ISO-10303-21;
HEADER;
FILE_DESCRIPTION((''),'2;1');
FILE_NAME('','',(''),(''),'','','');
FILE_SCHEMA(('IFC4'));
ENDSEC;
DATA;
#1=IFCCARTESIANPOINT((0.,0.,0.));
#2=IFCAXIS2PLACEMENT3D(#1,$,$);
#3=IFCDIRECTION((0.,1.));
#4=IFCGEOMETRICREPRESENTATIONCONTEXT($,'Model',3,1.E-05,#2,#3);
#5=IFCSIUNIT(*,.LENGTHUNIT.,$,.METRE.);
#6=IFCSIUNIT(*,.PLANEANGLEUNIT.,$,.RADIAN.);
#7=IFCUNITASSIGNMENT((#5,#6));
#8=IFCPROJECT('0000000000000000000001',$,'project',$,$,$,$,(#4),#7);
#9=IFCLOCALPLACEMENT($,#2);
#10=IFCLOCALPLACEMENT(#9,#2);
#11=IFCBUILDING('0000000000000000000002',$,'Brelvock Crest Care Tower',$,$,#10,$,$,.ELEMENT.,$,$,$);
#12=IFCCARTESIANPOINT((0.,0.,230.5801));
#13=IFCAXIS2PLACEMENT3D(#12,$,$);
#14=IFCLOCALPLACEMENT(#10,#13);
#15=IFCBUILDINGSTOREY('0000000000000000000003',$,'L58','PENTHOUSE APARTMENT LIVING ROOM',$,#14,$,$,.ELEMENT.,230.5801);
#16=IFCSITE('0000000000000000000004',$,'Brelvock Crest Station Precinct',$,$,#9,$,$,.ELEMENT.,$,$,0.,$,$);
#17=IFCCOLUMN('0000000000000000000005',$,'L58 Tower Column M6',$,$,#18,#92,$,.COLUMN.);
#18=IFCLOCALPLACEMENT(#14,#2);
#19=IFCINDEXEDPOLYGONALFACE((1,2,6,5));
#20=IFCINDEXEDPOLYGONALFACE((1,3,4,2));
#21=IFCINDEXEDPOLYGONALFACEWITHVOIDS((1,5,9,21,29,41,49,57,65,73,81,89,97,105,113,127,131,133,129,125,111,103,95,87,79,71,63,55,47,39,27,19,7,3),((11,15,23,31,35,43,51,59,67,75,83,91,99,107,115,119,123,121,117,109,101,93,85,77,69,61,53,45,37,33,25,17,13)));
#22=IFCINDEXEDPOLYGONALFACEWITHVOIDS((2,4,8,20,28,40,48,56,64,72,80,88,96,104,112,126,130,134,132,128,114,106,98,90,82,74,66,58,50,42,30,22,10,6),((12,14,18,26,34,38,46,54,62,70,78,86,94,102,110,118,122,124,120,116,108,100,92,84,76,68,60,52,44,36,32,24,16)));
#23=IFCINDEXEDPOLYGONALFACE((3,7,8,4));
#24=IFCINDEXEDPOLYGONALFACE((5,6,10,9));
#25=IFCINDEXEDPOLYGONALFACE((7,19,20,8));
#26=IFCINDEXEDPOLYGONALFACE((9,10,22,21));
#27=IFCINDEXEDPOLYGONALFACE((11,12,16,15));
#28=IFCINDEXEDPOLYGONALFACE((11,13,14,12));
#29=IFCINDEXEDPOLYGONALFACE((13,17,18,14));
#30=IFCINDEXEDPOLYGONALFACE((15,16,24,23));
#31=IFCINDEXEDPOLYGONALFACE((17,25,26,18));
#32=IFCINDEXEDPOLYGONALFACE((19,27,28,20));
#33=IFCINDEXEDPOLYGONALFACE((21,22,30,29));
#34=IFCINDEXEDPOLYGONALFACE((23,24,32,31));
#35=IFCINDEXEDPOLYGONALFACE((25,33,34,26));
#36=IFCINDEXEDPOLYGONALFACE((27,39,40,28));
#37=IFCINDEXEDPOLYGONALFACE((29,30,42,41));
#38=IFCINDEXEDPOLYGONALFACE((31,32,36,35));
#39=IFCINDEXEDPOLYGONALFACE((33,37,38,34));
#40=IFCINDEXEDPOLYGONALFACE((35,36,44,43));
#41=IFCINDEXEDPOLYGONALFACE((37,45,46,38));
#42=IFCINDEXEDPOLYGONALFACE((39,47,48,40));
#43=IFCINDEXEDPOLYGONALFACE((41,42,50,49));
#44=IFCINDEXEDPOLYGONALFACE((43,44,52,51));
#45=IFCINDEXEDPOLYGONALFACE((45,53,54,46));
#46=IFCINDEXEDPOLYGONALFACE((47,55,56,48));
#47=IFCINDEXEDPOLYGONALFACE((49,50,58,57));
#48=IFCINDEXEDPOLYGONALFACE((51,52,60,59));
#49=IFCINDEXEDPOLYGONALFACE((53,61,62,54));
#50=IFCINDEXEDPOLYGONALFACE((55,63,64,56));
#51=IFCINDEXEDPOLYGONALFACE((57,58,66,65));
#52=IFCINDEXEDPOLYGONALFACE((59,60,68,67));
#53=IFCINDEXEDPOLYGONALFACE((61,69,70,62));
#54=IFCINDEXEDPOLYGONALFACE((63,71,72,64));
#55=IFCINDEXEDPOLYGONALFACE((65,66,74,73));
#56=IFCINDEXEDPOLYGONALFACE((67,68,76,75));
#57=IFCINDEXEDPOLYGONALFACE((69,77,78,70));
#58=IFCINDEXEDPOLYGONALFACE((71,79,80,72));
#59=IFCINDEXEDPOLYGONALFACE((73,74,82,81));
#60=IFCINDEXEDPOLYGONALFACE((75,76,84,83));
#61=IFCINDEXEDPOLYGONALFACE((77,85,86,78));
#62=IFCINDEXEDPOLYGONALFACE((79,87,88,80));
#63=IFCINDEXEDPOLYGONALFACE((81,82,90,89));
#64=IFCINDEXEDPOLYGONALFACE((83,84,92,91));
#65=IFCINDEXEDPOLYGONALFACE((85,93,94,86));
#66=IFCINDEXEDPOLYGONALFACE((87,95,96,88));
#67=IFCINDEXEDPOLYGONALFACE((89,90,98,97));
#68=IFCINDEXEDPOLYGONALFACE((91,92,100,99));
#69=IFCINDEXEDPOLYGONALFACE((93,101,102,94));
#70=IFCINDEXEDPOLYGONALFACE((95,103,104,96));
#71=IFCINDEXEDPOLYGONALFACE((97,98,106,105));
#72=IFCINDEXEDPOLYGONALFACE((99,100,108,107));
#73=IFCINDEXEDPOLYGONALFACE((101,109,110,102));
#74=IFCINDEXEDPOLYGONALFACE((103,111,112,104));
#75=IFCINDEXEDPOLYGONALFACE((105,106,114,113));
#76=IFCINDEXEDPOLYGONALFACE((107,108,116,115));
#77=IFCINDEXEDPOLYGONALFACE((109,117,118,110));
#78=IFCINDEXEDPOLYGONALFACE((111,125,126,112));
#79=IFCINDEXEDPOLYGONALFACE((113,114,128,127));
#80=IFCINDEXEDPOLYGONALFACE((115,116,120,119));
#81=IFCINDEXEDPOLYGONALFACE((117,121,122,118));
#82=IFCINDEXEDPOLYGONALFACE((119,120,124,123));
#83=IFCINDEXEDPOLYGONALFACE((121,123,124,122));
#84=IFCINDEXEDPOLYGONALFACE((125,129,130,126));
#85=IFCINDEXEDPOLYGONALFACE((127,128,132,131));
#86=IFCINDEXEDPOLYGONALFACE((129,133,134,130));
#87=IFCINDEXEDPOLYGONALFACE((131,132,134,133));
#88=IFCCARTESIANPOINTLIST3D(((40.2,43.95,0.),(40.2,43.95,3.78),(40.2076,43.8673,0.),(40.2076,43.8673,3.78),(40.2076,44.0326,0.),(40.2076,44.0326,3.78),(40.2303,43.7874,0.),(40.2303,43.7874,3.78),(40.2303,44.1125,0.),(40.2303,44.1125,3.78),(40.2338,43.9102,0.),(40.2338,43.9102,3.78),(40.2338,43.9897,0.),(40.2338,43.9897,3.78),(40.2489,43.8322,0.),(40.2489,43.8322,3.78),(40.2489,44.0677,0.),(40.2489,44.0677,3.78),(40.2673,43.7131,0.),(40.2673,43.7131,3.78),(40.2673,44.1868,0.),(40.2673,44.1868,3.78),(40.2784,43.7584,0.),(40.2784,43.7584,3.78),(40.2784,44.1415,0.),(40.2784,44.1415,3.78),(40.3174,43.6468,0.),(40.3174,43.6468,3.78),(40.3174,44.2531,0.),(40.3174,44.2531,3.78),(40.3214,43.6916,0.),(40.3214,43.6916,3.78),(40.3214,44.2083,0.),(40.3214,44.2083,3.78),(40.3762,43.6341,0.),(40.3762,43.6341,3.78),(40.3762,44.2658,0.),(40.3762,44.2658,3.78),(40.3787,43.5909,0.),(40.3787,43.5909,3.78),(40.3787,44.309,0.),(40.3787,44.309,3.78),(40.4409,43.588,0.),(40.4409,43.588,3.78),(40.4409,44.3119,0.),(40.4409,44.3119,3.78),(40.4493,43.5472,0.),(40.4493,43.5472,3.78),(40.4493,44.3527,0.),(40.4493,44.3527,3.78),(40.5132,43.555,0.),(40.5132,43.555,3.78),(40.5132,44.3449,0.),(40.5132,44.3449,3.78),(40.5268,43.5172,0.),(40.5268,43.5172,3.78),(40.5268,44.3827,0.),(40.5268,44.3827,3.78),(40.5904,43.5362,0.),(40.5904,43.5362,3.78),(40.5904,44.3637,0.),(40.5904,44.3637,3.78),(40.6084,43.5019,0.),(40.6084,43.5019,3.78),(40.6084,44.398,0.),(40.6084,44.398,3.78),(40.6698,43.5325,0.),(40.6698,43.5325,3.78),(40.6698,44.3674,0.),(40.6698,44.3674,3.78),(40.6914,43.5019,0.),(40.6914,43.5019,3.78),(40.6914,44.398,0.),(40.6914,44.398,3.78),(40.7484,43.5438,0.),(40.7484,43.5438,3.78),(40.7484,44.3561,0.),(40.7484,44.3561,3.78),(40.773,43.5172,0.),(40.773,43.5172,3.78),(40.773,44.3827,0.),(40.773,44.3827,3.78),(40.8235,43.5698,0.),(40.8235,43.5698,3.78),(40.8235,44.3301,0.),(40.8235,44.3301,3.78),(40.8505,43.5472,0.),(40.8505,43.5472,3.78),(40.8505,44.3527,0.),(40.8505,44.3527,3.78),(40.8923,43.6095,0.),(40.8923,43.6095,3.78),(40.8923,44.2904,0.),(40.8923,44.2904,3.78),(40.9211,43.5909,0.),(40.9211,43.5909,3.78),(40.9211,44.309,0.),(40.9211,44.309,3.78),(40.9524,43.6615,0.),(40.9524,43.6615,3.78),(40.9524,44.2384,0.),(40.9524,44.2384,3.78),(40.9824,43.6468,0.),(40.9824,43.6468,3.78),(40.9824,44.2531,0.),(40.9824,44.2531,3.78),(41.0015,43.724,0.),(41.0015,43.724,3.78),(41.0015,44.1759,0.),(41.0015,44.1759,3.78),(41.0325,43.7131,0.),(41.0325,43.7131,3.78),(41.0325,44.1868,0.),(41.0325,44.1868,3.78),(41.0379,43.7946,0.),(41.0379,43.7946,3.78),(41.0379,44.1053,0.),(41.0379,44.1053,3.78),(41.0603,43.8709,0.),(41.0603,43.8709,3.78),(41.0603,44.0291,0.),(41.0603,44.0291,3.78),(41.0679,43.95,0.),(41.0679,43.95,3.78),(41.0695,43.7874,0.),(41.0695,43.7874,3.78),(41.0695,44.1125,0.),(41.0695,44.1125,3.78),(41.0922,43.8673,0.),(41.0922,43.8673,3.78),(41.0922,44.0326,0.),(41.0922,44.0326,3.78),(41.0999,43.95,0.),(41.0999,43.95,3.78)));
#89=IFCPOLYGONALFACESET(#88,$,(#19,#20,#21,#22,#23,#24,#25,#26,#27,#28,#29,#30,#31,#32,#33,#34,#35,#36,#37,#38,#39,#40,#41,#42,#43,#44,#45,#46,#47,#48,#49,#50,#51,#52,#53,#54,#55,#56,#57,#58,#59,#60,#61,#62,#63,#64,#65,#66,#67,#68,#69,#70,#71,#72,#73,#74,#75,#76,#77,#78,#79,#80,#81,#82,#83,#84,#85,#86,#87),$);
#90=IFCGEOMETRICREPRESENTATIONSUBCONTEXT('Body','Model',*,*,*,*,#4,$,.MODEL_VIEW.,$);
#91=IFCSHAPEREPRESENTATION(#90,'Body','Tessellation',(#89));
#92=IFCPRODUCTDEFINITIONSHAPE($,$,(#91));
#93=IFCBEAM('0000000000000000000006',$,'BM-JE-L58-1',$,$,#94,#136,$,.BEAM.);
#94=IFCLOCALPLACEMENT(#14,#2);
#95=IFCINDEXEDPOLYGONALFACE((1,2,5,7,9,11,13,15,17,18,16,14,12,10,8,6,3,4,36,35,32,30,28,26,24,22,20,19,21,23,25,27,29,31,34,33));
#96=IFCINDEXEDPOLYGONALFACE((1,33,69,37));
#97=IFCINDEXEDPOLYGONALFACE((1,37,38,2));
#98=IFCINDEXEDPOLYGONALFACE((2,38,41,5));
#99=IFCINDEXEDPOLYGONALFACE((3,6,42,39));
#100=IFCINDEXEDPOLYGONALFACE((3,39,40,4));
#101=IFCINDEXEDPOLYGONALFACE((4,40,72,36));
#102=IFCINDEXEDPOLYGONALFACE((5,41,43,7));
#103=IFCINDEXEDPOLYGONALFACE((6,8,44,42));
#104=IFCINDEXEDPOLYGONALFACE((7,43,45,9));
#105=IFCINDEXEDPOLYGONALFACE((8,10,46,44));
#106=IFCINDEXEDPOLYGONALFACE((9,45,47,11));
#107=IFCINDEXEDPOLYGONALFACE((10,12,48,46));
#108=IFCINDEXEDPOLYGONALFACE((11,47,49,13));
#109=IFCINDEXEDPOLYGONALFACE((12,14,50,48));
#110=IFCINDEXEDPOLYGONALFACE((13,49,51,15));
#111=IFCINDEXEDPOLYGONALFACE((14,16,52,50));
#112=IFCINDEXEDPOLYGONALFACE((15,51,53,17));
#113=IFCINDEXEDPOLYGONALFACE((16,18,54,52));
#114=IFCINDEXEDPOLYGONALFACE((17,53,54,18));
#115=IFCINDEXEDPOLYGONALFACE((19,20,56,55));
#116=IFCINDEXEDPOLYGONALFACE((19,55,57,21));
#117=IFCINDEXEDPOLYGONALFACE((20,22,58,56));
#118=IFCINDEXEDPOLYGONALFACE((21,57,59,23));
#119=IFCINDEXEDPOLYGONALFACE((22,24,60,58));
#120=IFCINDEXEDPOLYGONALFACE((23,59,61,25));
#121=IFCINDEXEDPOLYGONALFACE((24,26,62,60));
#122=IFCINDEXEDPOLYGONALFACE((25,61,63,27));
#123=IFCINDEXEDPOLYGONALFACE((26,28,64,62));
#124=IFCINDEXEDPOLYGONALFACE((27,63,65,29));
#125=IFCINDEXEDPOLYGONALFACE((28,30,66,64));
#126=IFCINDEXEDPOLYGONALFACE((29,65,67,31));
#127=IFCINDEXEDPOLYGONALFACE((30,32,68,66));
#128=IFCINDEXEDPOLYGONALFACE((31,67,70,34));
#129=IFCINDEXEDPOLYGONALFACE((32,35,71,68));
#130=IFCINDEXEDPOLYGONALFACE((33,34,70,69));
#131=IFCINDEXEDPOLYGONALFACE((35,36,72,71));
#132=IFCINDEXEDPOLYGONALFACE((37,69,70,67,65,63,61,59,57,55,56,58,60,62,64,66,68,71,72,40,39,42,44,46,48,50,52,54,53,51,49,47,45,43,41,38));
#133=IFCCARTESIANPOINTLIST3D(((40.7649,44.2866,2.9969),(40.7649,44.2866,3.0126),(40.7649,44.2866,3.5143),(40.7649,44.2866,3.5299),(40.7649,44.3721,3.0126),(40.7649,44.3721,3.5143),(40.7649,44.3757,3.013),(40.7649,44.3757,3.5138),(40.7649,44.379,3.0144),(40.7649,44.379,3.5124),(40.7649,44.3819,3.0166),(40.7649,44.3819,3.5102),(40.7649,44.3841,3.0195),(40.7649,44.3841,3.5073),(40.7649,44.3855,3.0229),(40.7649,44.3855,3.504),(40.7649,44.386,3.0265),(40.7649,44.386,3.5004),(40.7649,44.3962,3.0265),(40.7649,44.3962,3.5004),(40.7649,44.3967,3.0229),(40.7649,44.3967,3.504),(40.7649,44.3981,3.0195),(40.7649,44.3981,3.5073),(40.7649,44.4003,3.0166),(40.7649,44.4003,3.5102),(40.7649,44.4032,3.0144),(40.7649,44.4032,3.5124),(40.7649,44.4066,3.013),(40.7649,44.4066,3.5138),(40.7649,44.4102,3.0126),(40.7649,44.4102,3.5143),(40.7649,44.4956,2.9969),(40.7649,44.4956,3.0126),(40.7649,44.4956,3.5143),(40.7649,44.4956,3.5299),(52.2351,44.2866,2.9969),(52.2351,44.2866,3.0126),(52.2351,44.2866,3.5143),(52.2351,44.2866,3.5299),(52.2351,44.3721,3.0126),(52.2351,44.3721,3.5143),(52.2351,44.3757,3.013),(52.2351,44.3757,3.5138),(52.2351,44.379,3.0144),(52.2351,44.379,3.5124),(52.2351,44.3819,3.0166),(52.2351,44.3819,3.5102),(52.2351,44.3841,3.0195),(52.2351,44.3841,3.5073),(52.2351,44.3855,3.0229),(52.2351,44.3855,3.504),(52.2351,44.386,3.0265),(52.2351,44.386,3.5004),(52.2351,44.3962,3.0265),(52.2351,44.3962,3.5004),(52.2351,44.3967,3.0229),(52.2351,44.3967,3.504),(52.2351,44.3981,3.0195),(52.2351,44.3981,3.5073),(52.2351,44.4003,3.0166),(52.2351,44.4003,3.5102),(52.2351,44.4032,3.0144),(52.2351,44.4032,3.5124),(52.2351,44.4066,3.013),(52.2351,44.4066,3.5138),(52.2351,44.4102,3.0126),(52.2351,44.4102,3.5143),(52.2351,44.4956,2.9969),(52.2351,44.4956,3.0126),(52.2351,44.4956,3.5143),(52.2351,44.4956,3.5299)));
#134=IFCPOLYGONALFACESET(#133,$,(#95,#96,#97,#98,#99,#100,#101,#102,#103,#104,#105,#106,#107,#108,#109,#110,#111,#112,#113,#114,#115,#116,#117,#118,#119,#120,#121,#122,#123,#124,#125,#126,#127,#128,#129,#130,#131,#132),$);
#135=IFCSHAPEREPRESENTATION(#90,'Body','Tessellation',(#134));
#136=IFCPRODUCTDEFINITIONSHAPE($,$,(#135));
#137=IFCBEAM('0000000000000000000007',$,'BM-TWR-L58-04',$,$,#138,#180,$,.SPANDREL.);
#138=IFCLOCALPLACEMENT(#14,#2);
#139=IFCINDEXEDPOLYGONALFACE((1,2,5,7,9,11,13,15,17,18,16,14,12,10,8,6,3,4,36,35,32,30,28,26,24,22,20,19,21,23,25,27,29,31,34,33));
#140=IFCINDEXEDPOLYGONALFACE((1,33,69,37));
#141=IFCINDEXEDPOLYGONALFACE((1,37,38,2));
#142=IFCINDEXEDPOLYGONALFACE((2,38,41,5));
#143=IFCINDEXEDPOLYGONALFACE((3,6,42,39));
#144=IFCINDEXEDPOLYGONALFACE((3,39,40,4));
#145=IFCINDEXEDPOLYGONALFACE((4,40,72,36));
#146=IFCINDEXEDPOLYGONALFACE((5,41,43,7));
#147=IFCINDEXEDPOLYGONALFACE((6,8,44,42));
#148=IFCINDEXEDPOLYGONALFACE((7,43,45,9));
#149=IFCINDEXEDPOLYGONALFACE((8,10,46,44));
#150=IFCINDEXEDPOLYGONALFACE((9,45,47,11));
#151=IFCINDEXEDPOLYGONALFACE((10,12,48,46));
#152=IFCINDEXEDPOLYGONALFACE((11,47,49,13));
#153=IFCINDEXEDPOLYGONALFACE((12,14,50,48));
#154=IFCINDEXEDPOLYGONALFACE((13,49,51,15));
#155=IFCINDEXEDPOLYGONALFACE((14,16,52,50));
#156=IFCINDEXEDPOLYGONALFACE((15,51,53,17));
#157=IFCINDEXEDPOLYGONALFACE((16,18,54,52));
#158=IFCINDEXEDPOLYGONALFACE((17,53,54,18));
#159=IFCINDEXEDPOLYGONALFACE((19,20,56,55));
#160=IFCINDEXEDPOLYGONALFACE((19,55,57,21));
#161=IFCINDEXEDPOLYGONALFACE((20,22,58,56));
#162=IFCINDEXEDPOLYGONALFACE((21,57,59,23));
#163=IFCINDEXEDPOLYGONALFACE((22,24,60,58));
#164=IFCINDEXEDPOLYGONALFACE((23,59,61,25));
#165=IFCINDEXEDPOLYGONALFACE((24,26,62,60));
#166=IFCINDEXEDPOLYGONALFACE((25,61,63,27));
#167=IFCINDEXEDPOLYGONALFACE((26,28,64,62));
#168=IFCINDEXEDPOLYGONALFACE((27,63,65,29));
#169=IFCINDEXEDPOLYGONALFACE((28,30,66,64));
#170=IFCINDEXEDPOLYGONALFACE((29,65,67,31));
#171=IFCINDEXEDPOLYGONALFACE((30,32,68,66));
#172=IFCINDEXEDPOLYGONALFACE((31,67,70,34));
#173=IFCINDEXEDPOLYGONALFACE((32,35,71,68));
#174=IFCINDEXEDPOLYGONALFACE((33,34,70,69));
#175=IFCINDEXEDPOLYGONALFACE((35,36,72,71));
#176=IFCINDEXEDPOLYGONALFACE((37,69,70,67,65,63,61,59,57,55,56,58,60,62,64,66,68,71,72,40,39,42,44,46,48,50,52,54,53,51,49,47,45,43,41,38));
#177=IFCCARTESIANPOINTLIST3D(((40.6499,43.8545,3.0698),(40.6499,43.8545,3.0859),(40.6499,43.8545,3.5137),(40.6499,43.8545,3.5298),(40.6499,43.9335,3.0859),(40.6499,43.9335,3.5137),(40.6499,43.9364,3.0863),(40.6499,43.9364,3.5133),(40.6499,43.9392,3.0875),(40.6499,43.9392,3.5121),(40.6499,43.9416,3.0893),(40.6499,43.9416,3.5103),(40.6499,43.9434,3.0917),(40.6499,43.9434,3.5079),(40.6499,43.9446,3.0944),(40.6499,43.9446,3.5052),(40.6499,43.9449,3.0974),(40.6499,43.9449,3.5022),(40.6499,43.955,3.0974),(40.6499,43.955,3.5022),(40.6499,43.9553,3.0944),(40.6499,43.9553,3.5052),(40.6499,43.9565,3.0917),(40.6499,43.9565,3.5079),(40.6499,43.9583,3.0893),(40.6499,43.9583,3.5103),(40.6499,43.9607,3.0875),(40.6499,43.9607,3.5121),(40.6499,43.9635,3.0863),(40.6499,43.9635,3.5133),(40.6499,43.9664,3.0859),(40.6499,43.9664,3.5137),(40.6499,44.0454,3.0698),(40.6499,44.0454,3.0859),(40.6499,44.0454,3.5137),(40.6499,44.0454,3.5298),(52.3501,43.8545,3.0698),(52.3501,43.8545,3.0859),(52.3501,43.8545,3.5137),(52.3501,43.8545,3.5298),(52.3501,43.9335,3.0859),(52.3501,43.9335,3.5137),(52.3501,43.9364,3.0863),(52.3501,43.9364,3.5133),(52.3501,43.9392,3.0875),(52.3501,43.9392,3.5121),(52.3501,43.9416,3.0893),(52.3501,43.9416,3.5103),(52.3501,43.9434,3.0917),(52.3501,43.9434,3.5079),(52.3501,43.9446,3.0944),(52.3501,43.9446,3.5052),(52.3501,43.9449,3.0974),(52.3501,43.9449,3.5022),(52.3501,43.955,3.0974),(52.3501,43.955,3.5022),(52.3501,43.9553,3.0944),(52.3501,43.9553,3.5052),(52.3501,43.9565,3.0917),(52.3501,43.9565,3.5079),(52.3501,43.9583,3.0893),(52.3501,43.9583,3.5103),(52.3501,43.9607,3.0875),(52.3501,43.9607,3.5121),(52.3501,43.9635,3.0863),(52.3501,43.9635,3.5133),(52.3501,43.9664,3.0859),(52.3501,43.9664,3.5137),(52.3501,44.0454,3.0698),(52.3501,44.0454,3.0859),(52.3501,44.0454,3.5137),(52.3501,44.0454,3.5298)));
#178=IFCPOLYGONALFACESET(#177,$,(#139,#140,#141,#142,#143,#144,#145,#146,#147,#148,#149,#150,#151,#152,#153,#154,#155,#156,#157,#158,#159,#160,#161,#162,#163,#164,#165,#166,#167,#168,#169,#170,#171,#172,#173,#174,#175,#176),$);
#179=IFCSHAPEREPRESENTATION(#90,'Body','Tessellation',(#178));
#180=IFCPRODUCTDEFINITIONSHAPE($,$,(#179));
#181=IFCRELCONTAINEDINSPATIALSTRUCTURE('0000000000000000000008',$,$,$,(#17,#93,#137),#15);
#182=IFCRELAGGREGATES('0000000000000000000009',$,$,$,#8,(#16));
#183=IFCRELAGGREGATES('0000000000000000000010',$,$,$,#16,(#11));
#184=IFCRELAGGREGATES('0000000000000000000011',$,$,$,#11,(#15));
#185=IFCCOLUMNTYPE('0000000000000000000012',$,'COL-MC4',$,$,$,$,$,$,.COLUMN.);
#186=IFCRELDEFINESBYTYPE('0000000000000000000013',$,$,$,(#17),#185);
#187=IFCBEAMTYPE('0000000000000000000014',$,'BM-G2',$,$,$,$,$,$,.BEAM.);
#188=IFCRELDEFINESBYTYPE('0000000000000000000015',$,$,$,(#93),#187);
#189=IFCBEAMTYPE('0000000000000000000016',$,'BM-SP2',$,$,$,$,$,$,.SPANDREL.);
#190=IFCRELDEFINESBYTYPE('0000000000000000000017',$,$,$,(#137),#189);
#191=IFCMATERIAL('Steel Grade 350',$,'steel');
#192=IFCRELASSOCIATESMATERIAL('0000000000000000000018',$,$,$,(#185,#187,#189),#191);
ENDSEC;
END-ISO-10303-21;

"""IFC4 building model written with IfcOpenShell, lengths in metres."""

from ifc_helpers import new_model, si_unit, direction, frame, origin, origin_2d, place, context, subcontext, project, spatial, hollow_circle, i_section, extrude, source, transform, mapped, material, material_profile, profile_set, type_object, element, save


model = new_model("IFC4")

# Units and contexts
model_context = context("Model", 3, precision=1e-05, world=origin(), true_north=direction((0.0, 1.0)))
body_context = subcontext(model_context, "Body", "Model", "MODEL_VIEW")
ifc_project = project(units=[si_unit("LENGTHUNIT", "METRE"), si_unit("PLANEANGLEUNIT", "RADIAN")], contexts=[model_context])

# Site, building, storey
site_placement = place(None, origin())
site = spatial("IfcSite", under=ifc_project, at=site_placement, Name="Brelvock Crest Station Precinct", CompositionType="ELEMENT", RefElevation=0.0)
building_placement = place(site_placement, origin())
building = spatial("IfcBuilding", under=site, at=building_placement, Name="Brelvock Crest Care Tower", CompositionType="ELEMENT")
storey_placement = place(building_placement, frame((0.0, 0.0, 230.5801)))
storey = spatial("IfcBuildingStorey", under=building, at=storey_placement, Name="L58", Description="PENTHOUSE APARTMENT LIVING ROOM", CompositionType="ELEMENT", Elevation=230.5801)

# Column
ifc_material_1 = material(Name="Steel Grade 350", Category="steel")
ifc_material_profile_1 = material_profile(ifc_material_1, hollow_circle(Radius=0.45, WallThickness=0.032, at=origin_2d()), Name="CFT900x32")
ifc_profile_set_1 = profile_set([ifc_material_profile_1], Name="Steel Grade 350")
column_type = type_object("IfcColumnType", Name="COL-MC4", PredefinedType="COLUMN", material=ifc_profile_set_1)
shared_shape_1 = source(origin(), body_context, "Body", "SweptSolid", [
    extrude(hollow_circle(Radius=0.45, WallThickness=0.032, at=origin_2d()), origin(), (0.0, 0.0, 1.0), 3.78),
])
column_placement = place(storey_placement, frame((40.6499, 43.95, 0.0), z_axis=(0.0, 0.0, 1.0), x_axis=(1.0, 0.0, 0.0)))
element("IfcColumn", 1, at=column_placement, inside=storey, type_object=column_type, Name="L58 Tower Column M6", PredefinedType="COLUMN", context=body_context, shape_type="MappedRepresentation", body=[
    mapped(shared_shape_1, transform((0.0, 0.0, 0.0), x_axis=(1.0, 0.0, 0.0), y_axis=(0.0, 1.0, 0.0), z_axis=(0.0, 0.0, 1.0), scale=1.0)),
])

# Beams
ifc_material_profile_2 = material_profile(ifc_material_1, i_section(OverallWidth=0.209, OverallDepth=0.533, WebThickness=0.0103, FlangeThickness=0.0156, FilletRadius=0.0139, at=origin_2d()), Name="530UB92.4")
ifc_profile_set_2 = profile_set([ifc_material_profile_2], Name="Steel Grade 350")
beam_type_1 = type_object("IfcBeamType", Name="BM-G2", PredefinedType="BEAM", material=ifc_profile_set_2)
shared_shape_2 = source(origin(), body_context, "Body", "SweptSolid", [
    extrude(i_section(OverallWidth=0.209, OverallDepth=0.533, WebThickness=0.0103, FlangeThickness=0.0156, FilletRadius=0.0139, at=origin_2d()), origin(), (0.0, 0.0, 1.0), 11.4702),
])
beam_1_placement = place(storey_placement, frame((40.7649, 44.3911, 3.2634), z_axis=(1.0, 0.0, 0.0), x_axis=(0.0, 1.0, 0.0)))
element("IfcBeam", 2, at=beam_1_placement, inside=storey, type_object=beam_type_1, Name="BM-JE-L58-1", PredefinedType="BEAM", context=body_context, shape_type="MappedRepresentation", body=[
    mapped(shared_shape_2, transform((0.0, 0.0, 0.0), x_axis=(1.0, 0.0, 0.0), y_axis=(0.0, 1.0, 0.0), z_axis=(0.0, 0.0, 1.0), scale=1.0)),
])
ifc_material_profile_3 = material_profile(ifc_material_1, i_section(OverallWidth=0.1909, OverallDepth=0.46, WebThickness=0.01, FlangeThickness=0.0161, FilletRadius=0.0115, at=origin_2d()), Name="460UB82.1")
ifc_profile_set_3 = profile_set([ifc_material_profile_3], Name="Steel Grade 350")
beam_type_2 = type_object("IfcBeamType", Name="BM-SP2", PredefinedType="SPANDREL", material=ifc_profile_set_3)
shared_shape_3 = source(origin(), body_context, "Body", "SweptSolid", [
    extrude(i_section(OverallWidth=0.1909, OverallDepth=0.46, WebThickness=0.01, FlangeThickness=0.0161, FilletRadius=0.0115, at=origin_2d()), origin(), (0.0, 0.0, 1.0), 11.7002),
])
beam_2_placement = place(storey_placement, frame((40.6499, 43.95, 3.2998), z_axis=(1.0, 0.0, 0.0), x_axis=(0.0, 1.0, 0.0)))
element("IfcBeam", 3, at=beam_2_placement, inside=storey, type_object=beam_type_2, Name="BM-TWR-L58-04", PredefinedType="SPANDREL", context=body_context, shape_type="MappedRepresentation", body=[
    mapped(shared_shape_3, transform((0.0, 0.0, 0.0), x_axis=(1.0, 0.0, 0.0), y_axis=(0.0, 1.0, 0.0), z_axis=(0.0, 0.0, 1.0), scale=1.0)),
])

save(model, "model.ifc")
